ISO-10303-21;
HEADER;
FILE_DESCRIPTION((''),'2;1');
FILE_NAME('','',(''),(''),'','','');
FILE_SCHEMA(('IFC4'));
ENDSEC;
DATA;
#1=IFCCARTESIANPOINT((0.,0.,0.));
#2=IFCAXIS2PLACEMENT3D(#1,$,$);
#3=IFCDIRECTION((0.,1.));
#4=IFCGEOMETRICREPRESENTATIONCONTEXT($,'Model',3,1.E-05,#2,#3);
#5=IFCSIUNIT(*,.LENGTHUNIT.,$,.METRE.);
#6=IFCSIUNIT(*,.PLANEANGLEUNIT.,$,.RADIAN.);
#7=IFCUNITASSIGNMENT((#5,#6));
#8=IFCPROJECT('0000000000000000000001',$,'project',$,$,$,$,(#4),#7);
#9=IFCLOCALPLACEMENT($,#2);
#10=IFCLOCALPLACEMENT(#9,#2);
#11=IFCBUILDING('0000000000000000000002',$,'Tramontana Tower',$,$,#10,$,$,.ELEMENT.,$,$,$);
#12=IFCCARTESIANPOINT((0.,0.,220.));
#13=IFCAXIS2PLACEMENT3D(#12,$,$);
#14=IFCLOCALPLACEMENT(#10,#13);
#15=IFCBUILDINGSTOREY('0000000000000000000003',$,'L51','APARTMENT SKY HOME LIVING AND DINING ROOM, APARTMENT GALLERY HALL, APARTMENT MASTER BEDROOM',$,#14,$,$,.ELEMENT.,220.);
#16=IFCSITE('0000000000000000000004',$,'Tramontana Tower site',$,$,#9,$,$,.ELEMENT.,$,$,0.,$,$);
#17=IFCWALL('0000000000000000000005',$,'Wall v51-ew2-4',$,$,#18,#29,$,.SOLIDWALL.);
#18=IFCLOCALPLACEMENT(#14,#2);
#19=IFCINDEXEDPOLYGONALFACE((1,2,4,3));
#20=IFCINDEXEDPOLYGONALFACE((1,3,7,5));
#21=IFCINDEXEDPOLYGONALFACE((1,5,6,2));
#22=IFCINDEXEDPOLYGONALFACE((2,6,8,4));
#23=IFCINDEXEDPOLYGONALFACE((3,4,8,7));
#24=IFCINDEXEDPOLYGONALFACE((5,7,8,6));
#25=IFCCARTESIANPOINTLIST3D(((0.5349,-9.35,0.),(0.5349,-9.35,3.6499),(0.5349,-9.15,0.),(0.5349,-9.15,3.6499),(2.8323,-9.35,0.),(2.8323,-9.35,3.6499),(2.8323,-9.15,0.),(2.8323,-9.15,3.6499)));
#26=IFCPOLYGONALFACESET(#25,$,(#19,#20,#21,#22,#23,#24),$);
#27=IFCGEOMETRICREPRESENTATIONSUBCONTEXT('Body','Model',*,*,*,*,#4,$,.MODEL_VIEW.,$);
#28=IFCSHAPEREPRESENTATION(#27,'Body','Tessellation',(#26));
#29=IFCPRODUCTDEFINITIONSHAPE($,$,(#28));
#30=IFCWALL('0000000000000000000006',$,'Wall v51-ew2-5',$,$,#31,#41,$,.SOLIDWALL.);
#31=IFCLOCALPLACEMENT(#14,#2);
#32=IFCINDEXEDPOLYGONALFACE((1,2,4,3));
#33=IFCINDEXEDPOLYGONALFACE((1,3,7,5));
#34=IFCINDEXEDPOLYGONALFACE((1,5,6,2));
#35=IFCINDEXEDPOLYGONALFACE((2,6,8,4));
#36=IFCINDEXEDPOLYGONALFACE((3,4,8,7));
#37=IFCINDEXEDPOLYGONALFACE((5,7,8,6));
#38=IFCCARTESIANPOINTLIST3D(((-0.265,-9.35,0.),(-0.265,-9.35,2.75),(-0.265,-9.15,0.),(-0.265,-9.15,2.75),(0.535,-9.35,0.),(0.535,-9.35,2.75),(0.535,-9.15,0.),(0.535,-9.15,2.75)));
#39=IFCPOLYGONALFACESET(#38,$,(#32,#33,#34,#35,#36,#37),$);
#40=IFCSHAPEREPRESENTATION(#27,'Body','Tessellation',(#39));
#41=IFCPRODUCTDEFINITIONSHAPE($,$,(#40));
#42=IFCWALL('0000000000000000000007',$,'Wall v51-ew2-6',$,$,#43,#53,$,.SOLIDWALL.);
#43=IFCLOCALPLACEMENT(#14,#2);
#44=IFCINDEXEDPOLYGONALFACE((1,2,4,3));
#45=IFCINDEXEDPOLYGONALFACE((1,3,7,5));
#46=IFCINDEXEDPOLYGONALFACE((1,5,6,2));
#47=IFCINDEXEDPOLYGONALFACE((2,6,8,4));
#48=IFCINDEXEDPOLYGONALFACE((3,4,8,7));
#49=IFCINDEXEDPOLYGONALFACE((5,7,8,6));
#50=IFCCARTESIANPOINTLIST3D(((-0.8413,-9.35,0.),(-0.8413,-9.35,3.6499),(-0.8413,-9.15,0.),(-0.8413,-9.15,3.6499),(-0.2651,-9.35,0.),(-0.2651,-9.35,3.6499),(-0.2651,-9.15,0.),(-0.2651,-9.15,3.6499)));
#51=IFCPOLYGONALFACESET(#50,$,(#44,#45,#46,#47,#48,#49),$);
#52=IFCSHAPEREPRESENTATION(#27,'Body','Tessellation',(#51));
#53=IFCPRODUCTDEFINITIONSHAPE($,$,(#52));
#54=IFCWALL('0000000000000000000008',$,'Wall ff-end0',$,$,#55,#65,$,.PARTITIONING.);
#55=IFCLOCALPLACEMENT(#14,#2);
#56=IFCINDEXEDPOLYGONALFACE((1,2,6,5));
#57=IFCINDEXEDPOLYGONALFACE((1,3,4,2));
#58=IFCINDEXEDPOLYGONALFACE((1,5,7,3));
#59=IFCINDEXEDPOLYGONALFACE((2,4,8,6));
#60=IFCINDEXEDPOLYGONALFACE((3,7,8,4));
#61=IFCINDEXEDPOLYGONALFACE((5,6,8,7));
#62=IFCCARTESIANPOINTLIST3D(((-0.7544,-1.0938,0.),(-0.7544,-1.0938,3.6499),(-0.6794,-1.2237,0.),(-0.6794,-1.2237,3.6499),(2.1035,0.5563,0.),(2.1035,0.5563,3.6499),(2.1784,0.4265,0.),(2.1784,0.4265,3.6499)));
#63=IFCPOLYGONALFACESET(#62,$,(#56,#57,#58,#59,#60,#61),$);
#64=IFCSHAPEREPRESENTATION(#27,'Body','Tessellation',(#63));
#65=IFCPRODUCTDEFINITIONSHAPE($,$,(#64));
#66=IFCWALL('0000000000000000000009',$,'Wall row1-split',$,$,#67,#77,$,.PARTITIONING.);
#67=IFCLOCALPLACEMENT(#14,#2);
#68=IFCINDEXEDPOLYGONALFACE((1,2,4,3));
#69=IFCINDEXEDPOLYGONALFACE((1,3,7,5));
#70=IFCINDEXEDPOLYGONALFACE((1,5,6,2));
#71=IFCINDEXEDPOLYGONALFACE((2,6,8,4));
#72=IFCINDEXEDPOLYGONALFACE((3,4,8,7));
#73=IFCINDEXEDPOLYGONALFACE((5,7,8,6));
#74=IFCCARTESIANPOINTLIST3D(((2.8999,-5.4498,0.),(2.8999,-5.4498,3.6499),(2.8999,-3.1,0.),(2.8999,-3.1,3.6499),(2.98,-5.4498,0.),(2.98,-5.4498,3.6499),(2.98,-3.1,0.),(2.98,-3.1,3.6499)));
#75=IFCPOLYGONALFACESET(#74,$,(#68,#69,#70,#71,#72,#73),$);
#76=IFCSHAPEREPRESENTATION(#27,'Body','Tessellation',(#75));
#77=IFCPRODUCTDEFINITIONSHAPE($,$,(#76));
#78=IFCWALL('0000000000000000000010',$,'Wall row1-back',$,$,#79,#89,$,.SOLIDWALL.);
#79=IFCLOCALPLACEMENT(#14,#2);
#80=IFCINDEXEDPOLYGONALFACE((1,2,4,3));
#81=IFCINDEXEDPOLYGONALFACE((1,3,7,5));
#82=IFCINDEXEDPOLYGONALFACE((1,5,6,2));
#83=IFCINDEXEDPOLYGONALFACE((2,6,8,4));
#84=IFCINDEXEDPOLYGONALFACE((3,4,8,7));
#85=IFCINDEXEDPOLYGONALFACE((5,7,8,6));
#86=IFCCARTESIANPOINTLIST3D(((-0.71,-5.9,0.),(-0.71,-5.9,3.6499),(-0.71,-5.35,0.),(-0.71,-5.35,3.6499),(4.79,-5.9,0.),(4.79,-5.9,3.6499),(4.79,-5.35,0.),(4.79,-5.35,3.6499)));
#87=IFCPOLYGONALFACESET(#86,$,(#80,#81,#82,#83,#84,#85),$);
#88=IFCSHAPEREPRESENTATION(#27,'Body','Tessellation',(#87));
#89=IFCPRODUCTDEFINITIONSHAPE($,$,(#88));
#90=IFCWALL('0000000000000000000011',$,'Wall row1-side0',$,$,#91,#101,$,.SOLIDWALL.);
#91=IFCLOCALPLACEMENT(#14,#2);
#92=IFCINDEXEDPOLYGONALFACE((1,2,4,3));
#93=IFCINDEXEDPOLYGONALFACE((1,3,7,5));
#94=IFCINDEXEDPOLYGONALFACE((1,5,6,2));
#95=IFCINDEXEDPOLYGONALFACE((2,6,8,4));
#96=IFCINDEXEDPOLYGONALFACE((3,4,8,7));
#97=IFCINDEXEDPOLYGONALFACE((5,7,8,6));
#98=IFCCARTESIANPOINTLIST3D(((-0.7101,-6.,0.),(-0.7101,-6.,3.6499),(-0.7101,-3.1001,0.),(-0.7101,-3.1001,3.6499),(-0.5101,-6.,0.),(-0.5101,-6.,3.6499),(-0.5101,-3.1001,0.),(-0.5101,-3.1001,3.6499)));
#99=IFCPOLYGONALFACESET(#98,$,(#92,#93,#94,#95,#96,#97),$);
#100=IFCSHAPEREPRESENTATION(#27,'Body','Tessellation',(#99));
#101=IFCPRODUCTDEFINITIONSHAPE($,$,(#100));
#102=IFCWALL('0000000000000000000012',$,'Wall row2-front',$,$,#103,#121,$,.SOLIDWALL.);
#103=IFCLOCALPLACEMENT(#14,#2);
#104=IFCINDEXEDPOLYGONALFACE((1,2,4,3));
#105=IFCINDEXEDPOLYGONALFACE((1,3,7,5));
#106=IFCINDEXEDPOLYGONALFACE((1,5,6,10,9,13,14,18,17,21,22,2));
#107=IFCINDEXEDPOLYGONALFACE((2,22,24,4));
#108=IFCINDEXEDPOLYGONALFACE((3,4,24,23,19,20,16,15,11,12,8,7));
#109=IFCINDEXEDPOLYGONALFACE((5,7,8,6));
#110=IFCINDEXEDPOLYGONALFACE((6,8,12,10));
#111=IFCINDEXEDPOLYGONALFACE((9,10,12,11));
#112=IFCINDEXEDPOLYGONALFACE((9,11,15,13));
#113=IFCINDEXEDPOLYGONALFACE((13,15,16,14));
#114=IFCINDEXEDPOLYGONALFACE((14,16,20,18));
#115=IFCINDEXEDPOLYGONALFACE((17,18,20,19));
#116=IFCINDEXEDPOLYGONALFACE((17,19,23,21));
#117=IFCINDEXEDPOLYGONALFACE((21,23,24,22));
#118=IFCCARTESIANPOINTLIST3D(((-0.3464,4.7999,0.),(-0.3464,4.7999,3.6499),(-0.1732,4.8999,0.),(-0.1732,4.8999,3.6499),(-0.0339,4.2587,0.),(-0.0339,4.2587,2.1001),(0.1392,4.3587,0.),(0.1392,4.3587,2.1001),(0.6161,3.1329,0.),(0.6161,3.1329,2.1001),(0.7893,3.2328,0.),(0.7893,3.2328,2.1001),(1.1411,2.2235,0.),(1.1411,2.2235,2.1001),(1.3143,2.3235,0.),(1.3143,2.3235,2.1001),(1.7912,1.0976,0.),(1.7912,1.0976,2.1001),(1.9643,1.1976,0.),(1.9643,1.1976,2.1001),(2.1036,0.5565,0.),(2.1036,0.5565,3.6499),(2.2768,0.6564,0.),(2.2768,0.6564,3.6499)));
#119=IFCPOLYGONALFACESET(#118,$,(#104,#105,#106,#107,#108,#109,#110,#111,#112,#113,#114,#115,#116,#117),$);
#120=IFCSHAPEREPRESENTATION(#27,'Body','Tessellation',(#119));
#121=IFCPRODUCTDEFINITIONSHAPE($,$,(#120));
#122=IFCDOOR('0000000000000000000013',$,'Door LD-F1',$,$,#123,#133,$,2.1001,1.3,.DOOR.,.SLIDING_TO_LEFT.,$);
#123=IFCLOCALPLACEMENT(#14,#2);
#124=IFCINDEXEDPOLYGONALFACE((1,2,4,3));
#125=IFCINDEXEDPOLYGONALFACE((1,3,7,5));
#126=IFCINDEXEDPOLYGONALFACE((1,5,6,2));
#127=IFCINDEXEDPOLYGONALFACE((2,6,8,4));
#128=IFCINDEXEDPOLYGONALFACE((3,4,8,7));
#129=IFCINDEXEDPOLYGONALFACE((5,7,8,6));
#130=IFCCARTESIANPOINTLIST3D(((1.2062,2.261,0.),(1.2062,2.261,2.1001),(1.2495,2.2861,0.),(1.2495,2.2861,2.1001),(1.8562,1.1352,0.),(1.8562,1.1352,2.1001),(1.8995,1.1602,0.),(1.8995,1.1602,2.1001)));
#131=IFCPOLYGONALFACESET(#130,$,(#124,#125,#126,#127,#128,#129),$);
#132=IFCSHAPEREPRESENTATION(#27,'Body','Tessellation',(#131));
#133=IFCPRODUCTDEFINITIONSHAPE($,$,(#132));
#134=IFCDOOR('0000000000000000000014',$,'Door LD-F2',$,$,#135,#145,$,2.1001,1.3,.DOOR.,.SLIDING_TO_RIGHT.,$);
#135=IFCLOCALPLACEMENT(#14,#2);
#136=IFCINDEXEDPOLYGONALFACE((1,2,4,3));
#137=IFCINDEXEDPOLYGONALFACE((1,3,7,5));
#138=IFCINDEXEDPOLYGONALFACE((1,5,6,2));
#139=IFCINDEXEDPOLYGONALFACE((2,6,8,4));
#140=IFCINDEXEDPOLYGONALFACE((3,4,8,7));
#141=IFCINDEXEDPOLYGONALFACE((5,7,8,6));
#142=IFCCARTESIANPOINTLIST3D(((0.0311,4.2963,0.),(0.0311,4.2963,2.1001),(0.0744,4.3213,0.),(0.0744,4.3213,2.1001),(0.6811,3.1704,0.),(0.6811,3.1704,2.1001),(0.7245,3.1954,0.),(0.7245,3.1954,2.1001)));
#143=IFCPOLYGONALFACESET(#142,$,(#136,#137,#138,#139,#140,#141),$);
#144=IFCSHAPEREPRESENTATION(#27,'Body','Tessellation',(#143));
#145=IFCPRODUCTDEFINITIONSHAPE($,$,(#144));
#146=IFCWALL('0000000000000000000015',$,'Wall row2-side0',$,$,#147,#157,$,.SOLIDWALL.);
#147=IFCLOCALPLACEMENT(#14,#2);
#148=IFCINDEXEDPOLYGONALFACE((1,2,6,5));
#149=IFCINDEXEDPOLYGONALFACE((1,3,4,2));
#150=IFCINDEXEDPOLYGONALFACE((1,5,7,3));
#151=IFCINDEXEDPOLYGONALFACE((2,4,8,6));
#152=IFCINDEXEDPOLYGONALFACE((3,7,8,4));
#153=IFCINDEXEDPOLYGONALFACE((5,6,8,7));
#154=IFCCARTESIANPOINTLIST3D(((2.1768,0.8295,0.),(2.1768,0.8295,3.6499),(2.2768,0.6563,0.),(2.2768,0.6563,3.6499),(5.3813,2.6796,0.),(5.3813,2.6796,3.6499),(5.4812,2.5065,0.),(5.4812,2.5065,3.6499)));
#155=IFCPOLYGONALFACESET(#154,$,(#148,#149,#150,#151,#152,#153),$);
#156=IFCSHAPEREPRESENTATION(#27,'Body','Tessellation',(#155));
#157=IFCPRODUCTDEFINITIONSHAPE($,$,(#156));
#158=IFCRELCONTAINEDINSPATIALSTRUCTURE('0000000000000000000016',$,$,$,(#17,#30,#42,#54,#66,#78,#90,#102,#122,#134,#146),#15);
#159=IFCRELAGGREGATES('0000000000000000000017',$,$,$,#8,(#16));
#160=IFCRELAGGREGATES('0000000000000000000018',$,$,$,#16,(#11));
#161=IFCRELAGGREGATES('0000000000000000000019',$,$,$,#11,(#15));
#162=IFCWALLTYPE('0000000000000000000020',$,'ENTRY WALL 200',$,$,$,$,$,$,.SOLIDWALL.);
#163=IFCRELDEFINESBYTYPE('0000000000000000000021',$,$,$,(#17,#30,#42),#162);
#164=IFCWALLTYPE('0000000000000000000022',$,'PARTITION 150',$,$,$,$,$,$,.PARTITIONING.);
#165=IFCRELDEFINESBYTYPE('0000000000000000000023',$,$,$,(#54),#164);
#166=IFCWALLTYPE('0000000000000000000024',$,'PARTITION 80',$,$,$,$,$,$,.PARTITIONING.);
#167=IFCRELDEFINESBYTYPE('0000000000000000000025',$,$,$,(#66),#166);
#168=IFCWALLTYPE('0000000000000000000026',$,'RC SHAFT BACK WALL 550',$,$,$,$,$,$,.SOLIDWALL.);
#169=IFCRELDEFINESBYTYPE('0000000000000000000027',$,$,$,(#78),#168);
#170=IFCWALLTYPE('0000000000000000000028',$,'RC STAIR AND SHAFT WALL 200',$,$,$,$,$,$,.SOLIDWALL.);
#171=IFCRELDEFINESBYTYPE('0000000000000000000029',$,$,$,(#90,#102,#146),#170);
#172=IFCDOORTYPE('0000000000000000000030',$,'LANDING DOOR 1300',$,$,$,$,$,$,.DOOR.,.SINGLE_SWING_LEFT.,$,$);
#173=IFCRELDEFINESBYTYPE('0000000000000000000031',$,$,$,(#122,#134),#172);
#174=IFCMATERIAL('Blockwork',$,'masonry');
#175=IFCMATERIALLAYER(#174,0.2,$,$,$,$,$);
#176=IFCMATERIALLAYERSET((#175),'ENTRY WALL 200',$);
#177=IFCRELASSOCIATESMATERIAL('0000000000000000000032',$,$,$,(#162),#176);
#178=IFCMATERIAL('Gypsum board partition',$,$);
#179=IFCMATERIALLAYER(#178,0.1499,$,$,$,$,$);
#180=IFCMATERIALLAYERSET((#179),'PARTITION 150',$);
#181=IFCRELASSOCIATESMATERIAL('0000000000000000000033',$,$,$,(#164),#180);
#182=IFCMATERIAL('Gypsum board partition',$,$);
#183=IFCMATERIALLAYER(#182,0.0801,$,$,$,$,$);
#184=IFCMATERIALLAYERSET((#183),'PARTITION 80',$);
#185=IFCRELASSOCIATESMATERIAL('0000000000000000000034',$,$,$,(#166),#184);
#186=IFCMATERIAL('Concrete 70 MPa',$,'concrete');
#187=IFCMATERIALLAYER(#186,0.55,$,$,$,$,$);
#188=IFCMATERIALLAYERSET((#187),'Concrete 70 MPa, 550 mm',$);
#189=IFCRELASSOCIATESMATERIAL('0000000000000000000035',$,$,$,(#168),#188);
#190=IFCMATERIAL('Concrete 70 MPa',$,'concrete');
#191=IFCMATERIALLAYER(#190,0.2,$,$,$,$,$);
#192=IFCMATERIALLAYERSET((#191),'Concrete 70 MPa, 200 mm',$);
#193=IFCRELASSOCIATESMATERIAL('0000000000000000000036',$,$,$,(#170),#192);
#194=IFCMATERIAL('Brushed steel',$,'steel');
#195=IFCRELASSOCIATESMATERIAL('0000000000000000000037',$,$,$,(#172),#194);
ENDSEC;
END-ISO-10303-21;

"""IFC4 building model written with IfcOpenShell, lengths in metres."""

from ifc_helpers import new_model, si_unit, direction, frame, frame_2d, origin, place, context, subcontext, project, spatial, rectangle, extrude, material, layer, layer_set, type_object, element, fill, save


model = new_model("IFC4")

# Units and contexts
model_context = context("Model", 3, precision=1e-05, world=origin(), true_north=direction((0.0, 1.0)))
body_context = subcontext(model_context, "Body", "Model", "MODEL_VIEW")
ifc_project = project(units=[si_unit("LENGTHUNIT", "METRE"), si_unit("PLANEANGLEUNIT", "RADIAN")], contexts=[model_context])

# Site, building, storey
site_placement = place(None, origin())
site = spatial("IfcSite", under=ifc_project, at=site_placement, Name="Tramontana Tower site", CompositionType="ELEMENT", RefElevation=0.0)
building_placement = place(site_placement, origin())
building = spatial("IfcBuilding", under=site, at=building_placement, Name="Tramontana Tower", CompositionType="ELEMENT")
storey_placement = place(building_placement, frame((0.0, 0.0, 220.0)))
storey = spatial("IfcBuildingStorey", under=building, at=storey_placement, Name="L51", Description="APARTMENT SKY HOME LIVING AND DINING ROOM, APARTMENT GALLERY HALL, APARTMENT MASTER BEDROOM", CompositionType="ELEMENT", Elevation=220.0)

# Walls
ifc_material_1 = material(Name="Blockwork", Category="masonry")
ifc_layer_1 = layer(ifc_material_1, 0.2)
ifc_layer_set_1 = layer_set([ifc_layer_1], Name="ENTRY WALL 200")
wall_type_1 = type_object("IfcWallType", Name="ENTRY WALL 200", PredefinedType="SOLIDWALL", material=ifc_layer_set_1)
wall_1_placement = place(storey_placement, frame((2.8323, -9.25, 0.0), z_axis=(0.0, 0.0, 1.0), x_axis=(-1.0, 0.0, 0.0)))
element("IfcWall", 1, at=wall_1_placement, inside=storey, type_object=wall_type_1, Name="Wall v51-ew2-4", PredefinedType="SOLIDWALL", context=body_context, shape_type="SweptSolid", body=[
    extrude(rectangle(XDim=2.2974, YDim=0.2, at=frame_2d((1.1487, 0.0))), origin(), (0.0, 0.0, 1.0), 3.6499),
])
wall_2_placement = place(storey_placement, frame((0.5349, -9.25, 0.0), z_axis=(0.0, 0.0, 1.0), x_axis=(-1.0, 0.0, 0.0)))
element("IfcWall", 2, at=wall_2_placement, inside=storey, type_object=wall_type_1, Name="Wall v51-ew2-5", PredefinedType="SOLIDWALL", context=body_context, shape_type="SweptSolid", body=[
    extrude(rectangle(XDim=0.8, YDim=0.2, at=frame_2d((0.3999, 0.0))), origin(), (0.0, 0.0, 1.0), 2.75),
])
wall_3_placement = place(storey_placement, frame((-0.2651, -9.25, 0.0), z_axis=(0.0, 0.0, 1.0), x_axis=(-1.0, 0.0, 0.0)))
element("IfcWall", 3, at=wall_3_placement, inside=storey, type_object=wall_type_1, Name="Wall v51-ew2-6", PredefinedType="SOLIDWALL", context=body_context, shape_type="SweptSolid", body=[
    extrude(rectangle(XDim=0.5762, YDim=0.2, at=frame_2d((0.2881, 0.0))), origin(), (0.0, 0.0, 1.0), 3.6499),
])

# Shared definitions
ifc_material_2 = material(Name="Gypsum board partition")
ifc_layer_2 = layer(ifc_material_2, 0.1499)
ifc_layer_set_2 = layer_set([ifc_layer_2], Name="PARTITION 150")
wall_type_2 = type_object("IfcWallType", Name="PARTITION 150", PredefinedType="PARTITIONING", material=ifc_layer_set_2)

# Walls
wall_4_placement = place(storey_placement, frame((-0.7168, -1.1587, 0.0), z_axis=(0.0, 0.0, 1.0), x_axis=(0.866008, 0.50003, 0.0)))
element("IfcWall", 4, at=wall_4_placement, inside=storey, type_object=wall_type_2, Name="Wall ff-end0", PredefinedType="PARTITIONING", context=body_context, shape_type="SweptSolid", body=[
    extrude(rectangle(XDim=3.3, YDim=0.1499, at=frame_2d((1.6499, 0.0))), origin(), (0.0, 0.0, 1.0), 3.6499),
])
ifc_material_3 = material(Name="Gypsum board partition")
ifc_layer_3 = layer(ifc_material_3, 0.0801)
ifc_layer_set_3 = layer_set([ifc_layer_3], Name="PARTITION 80")
wall_type_3 = type_object("IfcWallType", Name="PARTITION 80", PredefinedType="PARTITIONING", material=ifc_layer_set_3)
wall_5_placement = place(storey_placement, frame((2.9399, -3.1001, 0.0), z_axis=(0.0, 0.0, 1.0), x_axis=(0.0, -1.0, 0.0)))
element("IfcWall", 5, at=wall_5_placement, inside=storey, type_object=wall_type_3, Name="Wall row1-split", PredefinedType="PARTITIONING", context=body_context, shape_type="SweptSolid", body=[
    extrude(rectangle(XDim=2.3499, YDim=0.0801, at=frame_2d((1.1748, 0.0))), origin(), (0.0, 0.0, 1.0), 3.6499),
])
ifc_material_4 = material(Name="Concrete 70 MPa", Category="concrete")
ifc_layer_4 = layer(ifc_material_4, 0.55)
ifc_layer_set_4 = layer_set([ifc_layer_4], Name="Concrete 70 MPa, 550 mm")
wall_type_4 = type_object("IfcWallType", Name="RC SHAFT BACK WALL 550", PredefinedType="SOLIDWALL", material=ifc_layer_set_4)
wall_6_placement = place(storey_placement, frame((-0.71, -5.625, 0.0), z_axis=(0.0, 0.0, 1.0), x_axis=(1.0, 0.0, 0.0)))
element("IfcWall", 6, at=wall_6_placement, inside=storey, type_object=wall_type_4, Name="Wall row1-back", PredefinedType="SOLIDWALL", context=body_context, shape_type="SweptSolid", body=[
    extrude(rectangle(XDim=5.5, YDim=0.55, at=frame_2d((2.75, 0.0))), origin(), (0.0, 0.0, 1.0), 3.6499),
])

# Shared definitions
ifc_material_5 = material(Name="Concrete 70 MPa", Category="concrete")
ifc_layer_5 = layer(ifc_material_5, 0.2)
ifc_layer_set_5 = layer_set([ifc_layer_5], Name="Concrete 70 MPa, 200 mm")
wall_type_5 = type_object("IfcWallType", Name="RC STAIR AND SHAFT WALL 200", PredefinedType="SOLIDWALL", material=ifc_layer_set_5)

# Wall
wall_7_placement = place(storey_placement, frame((-0.6101, -3.1001, 0.0), z_axis=(0.0, 0.0, 1.0), x_axis=(0.0, -1.0, 0.0)))
element("IfcWall", 7, at=wall_7_placement, inside=storey, type_object=wall_type_5, Name="Wall row1-side0", PredefinedType="SOLIDWALL", context=body_context, shape_type="SweptSolid", body=[
    extrude(rectangle(XDim=2.8999, YDim=0.2, at=frame_2d((1.45, 0.0))), origin(), (0.0, 0.0, 1.0), 3.6499),
])

# Wall, openings, doors
wall_8_placement = place(storey_placement, frame((2.1902, 0.6064, 0.0), z_axis=(0.0, 0.0, 1.0), x_axis=(-0.500003, 0.866024, 0.0)))
wall_8 = element("IfcWall", 8, at=wall_8_placement, inside=storey, type_object=wall_type_5, Name="Wall row2-front", PredefinedType="SOLIDWALL", context=body_context, shape_type="SweptSolid", body=[
    extrude(rectangle(XDim=4.8999, YDim=0.2, at=frame_2d((2.45, 0.0))), origin(), (0.0, 0.0, 1.0), 3.6499),
])
opening_1_placement = place(wall_8_placement, frame((0.625, 0.0, 0.0)))
opening_1 = element("IfcOpeningElement", 9, at=opening_1_placement, cuts=wall_8, PredefinedType="OPENING", context=body_context, shape_type="SweptSolid", body=[
    extrude(rectangle(XDim=1.3, YDim=2.1001, at=frame_2d((0.6499, 1.05))), frame((0.0, 0.1099, 0.0), z_axis=(0.0, -1.0, 0.0), x_axis=(1.0, 0.0, 0.0)), (0.0, 0.0, 1.0), 0.22),
])
opening_2_placement = place(wall_8_placement, frame((2.9751, 0.0, 0.0)))
opening_2 = element("IfcOpeningElement", 10, at=opening_2_placement, cuts=wall_8, PredefinedType="OPENING", context=body_context, shape_type="SweptSolid", body=[
    extrude(rectangle(XDim=1.3, YDim=2.1001, at=frame_2d((0.6499, 1.05))), frame((0.0, 0.1099, 0.0), z_axis=(0.0, -1.0, 0.0), x_axis=(1.0, 0.0, 0.0)), (0.0, 0.0, 1.0), 0.22),
])
ifc_material_6 = material(Name="Brushed steel", Category="steel")
door_type_1 = type_object("IfcDoorType", Name="LANDING DOOR 1300", OperationType="SINGLE_SWING_LEFT", PredefinedType="DOOR", material=ifc_material_6)
door_1_placement = place(opening_1_placement, origin())
door_1 = element("IfcDoor", 11, at=door_1_placement, inside=storey, type_object=door_type_1, Name="Door LD-F1", OperationType="SLIDING_TO_LEFT", OverallHeight=2.1001, OverallWidth=1.3, PredefinedType="DOOR", context=body_context, shape_type="SweptSolid", body=[
    extrude(rectangle(XDim=1.3, YDim=2.1001, at=frame_2d((0.6499, 1.05))), frame((0.0, 0.0249, 0.0), z_axis=(0.0, -1.0, 0.0), x_axis=(1.0, 0.0, 0.0)), (0.0, 0.0, 1.0), 0.05),
])
fill(opening_1, door_1)
door_2_placement = place(opening_2_placement, origin())
door_2 = element("IfcDoor", 12, at=door_2_placement, inside=storey, type_object=door_type_1, Name="Door LD-F2", OperationType="SLIDING_TO_RIGHT", OverallHeight=2.1001, OverallWidth=1.3, PredefinedType="DOOR", context=body_context, shape_type="SweptSolid", body=[
    extrude(rectangle(XDim=1.3, YDim=2.1001, at=frame_2d((0.6499, 1.05))), frame((0.0, 0.0249, 0.0), z_axis=(0.0, -1.0, 0.0), x_axis=(1.0, 0.0, 0.0)), (0.0, 0.0, 1.0), 0.05),
])
fill(opening_2, door_2)

# Wall
wall_9_placement = place(storey_placement, frame((2.2268, 0.7429, 0.0), z_axis=(0.0, 0.0, 1.0), x_axis=(0.866017, 0.500014, 0.0)))
element("IfcWall", 13, at=wall_9_placement, inside=storey, type_object=wall_type_5, Name="Wall row2-side0", PredefinedType="SOLIDWALL", context=body_context, shape_type="SweptSolid", body=[
    extrude(rectangle(XDim=3.7002, YDim=0.2, at=frame_2d((1.8501, 0.0))), origin(), (0.0, 0.0, 1.0), 3.6499),
])

save(model, "model.ifc")
